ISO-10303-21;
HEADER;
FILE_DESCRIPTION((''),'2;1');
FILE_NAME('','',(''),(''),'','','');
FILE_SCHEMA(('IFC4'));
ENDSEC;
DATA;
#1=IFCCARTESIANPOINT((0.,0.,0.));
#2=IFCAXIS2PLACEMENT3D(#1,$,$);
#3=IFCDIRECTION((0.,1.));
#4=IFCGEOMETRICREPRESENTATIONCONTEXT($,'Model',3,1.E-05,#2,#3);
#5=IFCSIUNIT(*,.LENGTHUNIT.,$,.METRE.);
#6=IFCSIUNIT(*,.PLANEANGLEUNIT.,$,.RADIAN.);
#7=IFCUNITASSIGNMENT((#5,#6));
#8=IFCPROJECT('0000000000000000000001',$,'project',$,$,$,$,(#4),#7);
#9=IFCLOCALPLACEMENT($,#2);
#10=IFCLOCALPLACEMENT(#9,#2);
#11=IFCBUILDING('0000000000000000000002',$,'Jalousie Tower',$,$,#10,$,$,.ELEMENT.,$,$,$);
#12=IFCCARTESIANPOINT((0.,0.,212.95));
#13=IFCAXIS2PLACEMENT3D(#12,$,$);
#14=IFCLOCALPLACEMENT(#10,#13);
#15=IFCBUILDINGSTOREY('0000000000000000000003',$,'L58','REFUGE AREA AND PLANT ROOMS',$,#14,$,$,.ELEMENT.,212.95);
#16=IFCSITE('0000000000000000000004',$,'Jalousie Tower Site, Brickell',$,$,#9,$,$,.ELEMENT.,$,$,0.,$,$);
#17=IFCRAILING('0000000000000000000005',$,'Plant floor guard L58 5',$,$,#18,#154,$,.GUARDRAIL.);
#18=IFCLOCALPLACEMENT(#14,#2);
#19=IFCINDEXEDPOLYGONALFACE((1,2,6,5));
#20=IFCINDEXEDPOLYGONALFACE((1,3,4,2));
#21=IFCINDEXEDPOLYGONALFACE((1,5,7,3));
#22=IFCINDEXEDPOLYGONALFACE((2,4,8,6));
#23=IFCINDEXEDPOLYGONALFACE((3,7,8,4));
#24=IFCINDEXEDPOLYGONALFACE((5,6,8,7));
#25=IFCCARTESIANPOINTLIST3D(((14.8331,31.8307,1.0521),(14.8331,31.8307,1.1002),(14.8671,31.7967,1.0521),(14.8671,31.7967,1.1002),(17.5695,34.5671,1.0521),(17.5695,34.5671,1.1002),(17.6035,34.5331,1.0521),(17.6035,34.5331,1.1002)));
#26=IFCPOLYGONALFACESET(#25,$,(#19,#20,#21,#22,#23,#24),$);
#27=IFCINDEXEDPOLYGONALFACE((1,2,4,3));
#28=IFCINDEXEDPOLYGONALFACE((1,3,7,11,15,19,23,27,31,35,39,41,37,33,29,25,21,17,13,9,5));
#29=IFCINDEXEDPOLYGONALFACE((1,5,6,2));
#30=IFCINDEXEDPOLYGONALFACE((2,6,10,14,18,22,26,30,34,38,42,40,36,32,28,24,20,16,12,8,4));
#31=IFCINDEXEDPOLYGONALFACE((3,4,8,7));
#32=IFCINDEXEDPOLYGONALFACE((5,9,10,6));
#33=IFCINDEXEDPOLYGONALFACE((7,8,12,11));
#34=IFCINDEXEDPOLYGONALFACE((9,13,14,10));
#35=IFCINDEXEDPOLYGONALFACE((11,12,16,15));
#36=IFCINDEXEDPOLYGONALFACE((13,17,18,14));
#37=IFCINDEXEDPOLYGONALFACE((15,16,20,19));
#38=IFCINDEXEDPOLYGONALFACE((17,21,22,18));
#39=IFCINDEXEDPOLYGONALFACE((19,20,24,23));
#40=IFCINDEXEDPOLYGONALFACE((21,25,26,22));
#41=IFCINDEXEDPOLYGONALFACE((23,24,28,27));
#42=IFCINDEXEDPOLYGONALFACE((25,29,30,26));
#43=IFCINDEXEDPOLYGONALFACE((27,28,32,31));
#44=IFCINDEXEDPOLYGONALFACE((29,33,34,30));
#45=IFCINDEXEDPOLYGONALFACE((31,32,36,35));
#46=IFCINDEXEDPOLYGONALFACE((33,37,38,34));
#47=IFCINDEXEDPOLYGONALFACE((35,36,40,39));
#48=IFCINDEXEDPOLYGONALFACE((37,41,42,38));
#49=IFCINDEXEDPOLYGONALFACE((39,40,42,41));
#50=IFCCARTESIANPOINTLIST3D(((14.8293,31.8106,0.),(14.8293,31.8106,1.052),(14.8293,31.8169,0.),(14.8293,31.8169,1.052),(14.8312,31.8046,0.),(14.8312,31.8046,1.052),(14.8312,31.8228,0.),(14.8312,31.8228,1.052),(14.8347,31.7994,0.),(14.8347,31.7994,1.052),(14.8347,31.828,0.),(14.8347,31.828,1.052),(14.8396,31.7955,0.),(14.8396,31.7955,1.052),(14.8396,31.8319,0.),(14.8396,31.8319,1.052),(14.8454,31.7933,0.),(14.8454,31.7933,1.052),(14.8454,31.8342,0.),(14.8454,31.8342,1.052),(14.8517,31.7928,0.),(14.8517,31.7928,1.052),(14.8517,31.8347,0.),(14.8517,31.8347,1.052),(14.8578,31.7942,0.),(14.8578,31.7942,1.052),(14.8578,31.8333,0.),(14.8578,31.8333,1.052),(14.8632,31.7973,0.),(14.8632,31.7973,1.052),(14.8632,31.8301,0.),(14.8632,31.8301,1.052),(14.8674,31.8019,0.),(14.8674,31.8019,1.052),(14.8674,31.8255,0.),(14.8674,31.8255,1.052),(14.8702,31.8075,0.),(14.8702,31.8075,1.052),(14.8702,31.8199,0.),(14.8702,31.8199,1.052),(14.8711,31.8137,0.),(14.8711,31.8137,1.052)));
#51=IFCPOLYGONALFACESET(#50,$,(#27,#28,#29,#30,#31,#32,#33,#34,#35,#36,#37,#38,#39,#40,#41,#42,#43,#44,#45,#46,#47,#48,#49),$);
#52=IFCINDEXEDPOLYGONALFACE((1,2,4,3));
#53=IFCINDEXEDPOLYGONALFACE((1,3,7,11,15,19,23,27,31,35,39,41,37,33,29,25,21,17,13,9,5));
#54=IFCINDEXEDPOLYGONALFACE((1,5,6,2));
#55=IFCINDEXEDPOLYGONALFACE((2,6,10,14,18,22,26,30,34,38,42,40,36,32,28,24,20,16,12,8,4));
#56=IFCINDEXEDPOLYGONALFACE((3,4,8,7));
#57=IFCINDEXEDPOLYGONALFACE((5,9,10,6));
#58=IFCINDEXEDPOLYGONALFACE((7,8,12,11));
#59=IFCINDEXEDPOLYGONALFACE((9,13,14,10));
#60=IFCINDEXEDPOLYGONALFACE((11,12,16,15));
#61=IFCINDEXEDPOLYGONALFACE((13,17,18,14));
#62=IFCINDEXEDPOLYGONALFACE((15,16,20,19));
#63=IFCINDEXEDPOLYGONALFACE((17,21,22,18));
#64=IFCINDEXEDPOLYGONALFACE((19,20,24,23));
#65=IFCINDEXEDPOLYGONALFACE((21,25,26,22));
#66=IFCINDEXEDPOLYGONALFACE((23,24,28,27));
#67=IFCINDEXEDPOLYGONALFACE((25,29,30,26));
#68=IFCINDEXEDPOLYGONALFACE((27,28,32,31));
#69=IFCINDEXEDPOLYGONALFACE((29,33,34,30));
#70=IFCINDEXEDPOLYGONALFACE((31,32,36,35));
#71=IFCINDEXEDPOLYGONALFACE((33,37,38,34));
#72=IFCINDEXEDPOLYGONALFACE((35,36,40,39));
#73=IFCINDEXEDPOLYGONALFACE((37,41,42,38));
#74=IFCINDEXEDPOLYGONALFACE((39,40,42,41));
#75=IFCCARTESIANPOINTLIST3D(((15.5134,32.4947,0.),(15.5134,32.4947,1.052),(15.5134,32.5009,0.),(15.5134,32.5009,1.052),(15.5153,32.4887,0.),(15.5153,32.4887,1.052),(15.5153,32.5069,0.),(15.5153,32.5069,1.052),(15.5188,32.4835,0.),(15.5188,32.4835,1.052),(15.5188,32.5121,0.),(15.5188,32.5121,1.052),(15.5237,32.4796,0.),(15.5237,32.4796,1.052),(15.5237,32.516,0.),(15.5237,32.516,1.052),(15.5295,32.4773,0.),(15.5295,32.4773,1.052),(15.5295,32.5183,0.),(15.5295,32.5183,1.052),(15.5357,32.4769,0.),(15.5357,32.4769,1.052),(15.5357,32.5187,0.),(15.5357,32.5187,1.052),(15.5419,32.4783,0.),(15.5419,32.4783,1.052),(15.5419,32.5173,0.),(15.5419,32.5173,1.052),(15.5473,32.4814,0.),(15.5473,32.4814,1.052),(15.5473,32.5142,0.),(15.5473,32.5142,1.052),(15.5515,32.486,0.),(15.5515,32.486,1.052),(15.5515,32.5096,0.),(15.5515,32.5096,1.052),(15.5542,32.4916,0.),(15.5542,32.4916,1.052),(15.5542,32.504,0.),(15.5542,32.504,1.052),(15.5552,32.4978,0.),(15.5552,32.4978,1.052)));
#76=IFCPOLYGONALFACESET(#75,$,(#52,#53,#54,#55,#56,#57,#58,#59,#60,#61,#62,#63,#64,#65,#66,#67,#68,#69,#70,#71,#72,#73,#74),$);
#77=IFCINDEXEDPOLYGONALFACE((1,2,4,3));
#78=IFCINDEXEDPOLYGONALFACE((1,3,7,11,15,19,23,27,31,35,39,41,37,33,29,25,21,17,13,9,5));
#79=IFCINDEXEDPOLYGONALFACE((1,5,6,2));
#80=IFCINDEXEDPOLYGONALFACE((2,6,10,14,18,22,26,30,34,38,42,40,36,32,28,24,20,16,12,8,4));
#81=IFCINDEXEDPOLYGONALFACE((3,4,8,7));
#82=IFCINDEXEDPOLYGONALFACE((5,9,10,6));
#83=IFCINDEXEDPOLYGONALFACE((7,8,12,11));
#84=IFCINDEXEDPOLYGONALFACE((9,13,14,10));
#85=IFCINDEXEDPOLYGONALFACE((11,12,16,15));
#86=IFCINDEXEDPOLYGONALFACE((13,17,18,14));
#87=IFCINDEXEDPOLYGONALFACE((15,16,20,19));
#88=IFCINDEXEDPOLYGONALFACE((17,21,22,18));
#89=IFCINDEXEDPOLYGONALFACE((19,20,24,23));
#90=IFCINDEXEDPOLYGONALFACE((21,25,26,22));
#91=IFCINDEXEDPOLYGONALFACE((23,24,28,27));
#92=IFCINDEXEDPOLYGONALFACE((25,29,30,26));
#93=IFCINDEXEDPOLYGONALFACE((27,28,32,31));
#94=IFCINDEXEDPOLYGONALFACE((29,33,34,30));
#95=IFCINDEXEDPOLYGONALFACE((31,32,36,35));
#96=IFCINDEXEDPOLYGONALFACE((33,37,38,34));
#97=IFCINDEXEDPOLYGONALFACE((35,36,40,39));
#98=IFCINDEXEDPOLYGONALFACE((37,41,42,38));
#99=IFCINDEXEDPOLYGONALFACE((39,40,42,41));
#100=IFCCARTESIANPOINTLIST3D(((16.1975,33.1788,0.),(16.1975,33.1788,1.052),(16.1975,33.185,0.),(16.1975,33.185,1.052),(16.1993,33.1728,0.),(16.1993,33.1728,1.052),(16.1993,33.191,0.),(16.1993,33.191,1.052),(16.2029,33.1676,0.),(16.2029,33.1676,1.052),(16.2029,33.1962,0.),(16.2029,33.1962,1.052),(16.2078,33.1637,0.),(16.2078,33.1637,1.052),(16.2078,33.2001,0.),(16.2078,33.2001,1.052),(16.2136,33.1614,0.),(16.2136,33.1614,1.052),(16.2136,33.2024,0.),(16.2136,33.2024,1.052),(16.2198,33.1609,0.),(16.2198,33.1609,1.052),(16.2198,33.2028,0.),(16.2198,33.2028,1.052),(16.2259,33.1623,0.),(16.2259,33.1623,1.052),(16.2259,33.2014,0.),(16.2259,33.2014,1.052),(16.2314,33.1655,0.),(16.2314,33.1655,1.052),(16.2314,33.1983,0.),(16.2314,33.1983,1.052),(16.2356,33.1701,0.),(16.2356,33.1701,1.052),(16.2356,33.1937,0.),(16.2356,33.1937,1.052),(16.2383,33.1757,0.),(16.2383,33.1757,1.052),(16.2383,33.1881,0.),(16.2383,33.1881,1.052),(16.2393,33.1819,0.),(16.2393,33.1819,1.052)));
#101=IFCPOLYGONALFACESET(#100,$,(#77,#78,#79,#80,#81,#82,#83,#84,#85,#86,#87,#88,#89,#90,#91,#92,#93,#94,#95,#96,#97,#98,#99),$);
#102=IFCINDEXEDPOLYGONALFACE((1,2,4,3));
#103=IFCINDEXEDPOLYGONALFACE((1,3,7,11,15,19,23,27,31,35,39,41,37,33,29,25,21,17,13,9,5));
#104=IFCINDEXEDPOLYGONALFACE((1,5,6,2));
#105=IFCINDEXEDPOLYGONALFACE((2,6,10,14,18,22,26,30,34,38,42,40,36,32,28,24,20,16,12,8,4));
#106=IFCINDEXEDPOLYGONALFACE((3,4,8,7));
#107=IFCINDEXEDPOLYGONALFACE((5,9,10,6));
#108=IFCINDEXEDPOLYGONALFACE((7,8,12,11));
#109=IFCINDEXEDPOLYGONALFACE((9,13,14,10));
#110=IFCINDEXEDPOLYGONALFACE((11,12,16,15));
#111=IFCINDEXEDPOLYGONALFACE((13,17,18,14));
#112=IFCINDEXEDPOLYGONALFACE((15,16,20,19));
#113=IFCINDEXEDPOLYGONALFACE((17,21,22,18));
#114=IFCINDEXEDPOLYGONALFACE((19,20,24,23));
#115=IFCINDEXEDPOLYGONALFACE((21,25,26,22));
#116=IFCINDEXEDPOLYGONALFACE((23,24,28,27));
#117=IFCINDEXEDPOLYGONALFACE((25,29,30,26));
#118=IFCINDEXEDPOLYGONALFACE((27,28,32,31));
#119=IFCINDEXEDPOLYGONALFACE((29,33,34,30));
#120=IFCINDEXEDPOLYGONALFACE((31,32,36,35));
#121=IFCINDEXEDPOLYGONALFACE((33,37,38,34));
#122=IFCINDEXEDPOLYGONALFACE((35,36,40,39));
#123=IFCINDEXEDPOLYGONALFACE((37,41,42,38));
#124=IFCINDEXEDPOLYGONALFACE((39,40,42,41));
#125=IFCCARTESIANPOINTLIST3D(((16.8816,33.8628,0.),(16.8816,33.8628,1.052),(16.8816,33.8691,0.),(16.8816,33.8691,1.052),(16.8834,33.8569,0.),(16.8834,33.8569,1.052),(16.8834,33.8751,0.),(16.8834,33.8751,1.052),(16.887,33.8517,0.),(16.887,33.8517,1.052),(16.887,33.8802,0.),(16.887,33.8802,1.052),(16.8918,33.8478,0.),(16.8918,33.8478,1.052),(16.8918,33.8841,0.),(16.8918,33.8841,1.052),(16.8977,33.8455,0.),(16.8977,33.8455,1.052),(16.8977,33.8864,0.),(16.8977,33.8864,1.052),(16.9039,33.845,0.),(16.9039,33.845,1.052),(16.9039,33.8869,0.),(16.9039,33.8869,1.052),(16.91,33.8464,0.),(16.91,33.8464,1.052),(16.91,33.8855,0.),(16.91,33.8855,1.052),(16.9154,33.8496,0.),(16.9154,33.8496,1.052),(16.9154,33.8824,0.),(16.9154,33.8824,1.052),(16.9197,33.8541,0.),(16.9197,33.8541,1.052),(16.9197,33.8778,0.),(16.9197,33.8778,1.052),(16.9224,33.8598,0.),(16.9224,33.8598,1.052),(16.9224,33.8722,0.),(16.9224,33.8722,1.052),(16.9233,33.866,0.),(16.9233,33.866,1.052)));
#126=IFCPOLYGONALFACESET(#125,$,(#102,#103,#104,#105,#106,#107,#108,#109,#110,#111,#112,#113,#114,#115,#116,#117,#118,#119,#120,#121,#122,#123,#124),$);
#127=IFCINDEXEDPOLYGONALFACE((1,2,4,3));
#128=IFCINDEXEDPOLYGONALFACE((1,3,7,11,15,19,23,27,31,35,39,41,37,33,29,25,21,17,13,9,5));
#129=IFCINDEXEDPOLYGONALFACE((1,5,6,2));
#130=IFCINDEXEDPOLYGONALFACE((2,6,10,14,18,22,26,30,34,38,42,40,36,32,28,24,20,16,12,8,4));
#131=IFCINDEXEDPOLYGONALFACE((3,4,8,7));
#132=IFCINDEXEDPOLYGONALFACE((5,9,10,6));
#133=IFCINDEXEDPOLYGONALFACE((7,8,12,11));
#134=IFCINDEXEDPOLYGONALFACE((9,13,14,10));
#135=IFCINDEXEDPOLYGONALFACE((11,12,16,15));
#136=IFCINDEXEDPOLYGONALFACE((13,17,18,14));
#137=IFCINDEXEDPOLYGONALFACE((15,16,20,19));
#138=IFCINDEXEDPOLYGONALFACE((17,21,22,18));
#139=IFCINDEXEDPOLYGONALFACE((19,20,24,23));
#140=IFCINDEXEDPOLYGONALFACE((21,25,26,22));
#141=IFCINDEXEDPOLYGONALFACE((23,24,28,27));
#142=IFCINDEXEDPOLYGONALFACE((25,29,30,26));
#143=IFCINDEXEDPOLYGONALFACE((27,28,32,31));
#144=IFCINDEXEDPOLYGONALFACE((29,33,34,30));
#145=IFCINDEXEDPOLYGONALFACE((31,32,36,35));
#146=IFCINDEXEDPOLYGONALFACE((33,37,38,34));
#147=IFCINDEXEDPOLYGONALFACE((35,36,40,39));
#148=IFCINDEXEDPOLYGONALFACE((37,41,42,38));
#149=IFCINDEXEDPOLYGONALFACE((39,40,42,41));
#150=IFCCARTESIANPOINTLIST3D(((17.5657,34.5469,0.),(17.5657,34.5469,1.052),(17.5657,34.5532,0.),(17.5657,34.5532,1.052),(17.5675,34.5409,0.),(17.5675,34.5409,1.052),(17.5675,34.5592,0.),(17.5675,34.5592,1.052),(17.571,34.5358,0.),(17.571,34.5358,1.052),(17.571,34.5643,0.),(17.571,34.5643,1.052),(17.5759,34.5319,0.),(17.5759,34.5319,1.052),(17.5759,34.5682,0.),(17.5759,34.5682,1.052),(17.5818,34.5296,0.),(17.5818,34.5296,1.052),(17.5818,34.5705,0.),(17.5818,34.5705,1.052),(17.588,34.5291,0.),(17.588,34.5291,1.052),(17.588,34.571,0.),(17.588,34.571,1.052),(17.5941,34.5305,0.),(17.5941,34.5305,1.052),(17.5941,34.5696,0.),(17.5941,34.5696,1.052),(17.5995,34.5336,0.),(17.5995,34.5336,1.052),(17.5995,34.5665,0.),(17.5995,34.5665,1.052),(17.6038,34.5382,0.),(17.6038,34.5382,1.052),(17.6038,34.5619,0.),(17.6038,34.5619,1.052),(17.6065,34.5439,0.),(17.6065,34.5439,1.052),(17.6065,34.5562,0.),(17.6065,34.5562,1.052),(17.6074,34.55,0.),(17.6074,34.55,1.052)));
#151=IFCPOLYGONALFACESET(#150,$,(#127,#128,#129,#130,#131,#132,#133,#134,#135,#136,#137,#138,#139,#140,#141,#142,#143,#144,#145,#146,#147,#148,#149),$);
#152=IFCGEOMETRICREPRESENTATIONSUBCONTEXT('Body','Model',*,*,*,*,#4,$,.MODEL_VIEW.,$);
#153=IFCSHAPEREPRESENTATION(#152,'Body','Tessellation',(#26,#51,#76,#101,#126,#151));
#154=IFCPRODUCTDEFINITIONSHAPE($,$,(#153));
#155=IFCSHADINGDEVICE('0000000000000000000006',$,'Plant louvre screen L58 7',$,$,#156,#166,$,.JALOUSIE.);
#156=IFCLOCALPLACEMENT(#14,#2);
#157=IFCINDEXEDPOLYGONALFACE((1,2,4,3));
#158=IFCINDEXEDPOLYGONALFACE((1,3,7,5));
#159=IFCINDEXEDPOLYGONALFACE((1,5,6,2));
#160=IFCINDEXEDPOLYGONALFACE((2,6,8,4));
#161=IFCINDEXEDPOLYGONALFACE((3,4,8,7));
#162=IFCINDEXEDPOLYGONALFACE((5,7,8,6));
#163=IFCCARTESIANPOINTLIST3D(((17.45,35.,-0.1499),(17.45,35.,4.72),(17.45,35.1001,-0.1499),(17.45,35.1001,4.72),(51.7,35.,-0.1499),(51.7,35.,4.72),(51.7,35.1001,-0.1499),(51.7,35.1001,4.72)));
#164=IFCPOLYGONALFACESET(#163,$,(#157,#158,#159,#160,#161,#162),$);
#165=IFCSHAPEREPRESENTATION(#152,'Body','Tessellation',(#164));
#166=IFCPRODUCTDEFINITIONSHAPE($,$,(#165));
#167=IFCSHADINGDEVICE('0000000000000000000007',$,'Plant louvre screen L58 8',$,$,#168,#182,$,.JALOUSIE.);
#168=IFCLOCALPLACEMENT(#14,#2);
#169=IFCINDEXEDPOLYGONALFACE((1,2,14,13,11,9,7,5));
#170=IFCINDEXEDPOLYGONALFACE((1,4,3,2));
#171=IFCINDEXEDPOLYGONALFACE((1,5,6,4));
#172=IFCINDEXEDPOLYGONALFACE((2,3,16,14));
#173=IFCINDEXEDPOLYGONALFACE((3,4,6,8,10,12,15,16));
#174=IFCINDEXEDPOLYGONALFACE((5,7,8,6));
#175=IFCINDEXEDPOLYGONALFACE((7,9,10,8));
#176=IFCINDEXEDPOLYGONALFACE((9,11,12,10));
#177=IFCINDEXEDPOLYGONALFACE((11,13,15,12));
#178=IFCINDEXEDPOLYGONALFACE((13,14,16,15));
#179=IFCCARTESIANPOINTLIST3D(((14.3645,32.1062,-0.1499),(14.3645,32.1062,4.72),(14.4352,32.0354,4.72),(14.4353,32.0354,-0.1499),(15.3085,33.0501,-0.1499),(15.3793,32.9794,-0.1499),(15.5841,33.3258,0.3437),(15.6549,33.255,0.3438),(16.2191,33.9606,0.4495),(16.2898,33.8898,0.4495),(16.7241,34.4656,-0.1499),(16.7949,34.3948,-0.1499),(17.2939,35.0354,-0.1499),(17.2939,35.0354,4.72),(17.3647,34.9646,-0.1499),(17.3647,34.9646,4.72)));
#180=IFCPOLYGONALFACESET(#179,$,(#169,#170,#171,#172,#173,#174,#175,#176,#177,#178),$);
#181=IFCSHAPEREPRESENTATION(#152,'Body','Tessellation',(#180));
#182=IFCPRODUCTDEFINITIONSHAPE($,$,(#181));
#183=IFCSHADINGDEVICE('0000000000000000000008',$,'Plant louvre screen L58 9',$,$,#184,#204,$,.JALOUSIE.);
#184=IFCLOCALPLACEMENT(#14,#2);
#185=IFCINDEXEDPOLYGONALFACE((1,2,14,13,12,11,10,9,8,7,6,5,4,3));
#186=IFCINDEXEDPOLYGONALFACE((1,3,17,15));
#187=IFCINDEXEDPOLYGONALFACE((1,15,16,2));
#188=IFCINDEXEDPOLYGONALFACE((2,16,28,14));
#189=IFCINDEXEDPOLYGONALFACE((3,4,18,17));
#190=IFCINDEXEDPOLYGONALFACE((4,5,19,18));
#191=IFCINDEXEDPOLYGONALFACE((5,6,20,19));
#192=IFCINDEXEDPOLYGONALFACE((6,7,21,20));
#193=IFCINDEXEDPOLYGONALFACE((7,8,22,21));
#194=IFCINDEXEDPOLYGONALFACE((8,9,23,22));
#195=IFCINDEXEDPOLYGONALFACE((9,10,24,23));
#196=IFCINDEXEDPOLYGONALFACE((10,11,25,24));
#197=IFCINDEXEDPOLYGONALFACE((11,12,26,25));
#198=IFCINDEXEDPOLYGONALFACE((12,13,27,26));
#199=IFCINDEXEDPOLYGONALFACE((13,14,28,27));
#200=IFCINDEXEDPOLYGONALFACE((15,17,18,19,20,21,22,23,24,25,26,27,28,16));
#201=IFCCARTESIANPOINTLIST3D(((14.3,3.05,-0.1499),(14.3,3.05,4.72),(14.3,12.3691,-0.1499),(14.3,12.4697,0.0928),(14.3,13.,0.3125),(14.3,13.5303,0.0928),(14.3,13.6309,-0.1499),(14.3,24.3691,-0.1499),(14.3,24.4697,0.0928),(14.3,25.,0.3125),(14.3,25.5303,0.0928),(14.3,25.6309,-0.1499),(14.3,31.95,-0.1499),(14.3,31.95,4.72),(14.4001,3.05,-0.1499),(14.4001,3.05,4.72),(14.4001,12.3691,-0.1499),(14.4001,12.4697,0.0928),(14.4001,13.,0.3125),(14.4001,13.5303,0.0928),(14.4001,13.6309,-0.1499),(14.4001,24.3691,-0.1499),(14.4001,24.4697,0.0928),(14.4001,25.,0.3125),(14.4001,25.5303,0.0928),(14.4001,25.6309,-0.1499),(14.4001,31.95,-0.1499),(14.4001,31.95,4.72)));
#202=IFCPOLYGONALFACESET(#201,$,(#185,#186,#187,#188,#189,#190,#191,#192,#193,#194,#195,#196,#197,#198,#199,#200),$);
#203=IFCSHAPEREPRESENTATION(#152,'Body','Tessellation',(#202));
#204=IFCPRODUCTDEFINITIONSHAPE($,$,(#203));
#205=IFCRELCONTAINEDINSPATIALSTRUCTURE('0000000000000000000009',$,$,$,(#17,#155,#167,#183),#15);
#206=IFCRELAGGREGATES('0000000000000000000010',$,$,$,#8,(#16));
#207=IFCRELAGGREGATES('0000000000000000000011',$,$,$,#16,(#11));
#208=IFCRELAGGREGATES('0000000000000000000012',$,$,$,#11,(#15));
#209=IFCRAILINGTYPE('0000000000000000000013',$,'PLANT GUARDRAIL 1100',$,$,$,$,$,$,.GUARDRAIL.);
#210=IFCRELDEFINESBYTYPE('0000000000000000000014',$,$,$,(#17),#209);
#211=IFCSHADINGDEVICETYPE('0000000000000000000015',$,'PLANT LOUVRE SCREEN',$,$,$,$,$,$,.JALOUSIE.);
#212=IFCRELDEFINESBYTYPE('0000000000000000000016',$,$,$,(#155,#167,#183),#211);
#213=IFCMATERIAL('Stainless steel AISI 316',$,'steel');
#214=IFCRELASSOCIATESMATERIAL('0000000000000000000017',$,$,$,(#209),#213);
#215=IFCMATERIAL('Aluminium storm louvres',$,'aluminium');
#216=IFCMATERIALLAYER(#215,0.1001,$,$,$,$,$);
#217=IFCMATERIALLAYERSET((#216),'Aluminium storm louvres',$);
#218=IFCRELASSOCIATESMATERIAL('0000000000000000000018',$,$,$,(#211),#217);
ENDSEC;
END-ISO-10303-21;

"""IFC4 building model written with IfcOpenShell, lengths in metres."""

from ifc_helpers import new_model, si_unit, direction, frame, origin, origin_2d, place, context, subcontext, project, spatial, polyline, rectangle, circle, outline, extrude, material, layer, layer_set, type_object, element, save


model = new_model("IFC4")

# Units and contexts
model_context = context("Model", 3, precision=1e-05, world=origin(), true_north=direction((0.0, 1.0)))
body_context = subcontext(model_context, "Body", "Model", "MODEL_VIEW")
ifc_project = project(units=[si_unit("LENGTHUNIT", "METRE"), si_unit("PLANEANGLEUNIT", "RADIAN")], contexts=[model_context])

# Site, building, storey
site_placement = place(None, origin())
site = spatial("IfcSite", under=ifc_project, at=site_placement, Name="Jalousie Tower Site, Brickell", CompositionType="ELEMENT", RefElevation=0.0)
building_placement = place(site_placement, origin())
building = spatial("IfcBuilding", under=site, at=building_placement, Name="Jalousie Tower", CompositionType="ELEMENT")
storey_placement = place(building_placement, frame((0.0, 0.0, 212.95)))
storey = spatial("IfcBuildingStorey", under=building, at=storey_placement, Name="L58", Description="REFUGE AREA AND PLANT ROOMS", CompositionType="ELEMENT", Elevation=212.95)

# Railing
ifc_material_1 = material(Name="Stainless steel AISI 316", Category="steel")
railing_type = type_object("IfcRailingType", Name="PLANT GUARDRAIL 1100", PredefinedType="GUARDRAIL", material=ifc_material_1)
railing_1_placement = place(storey_placement, frame((14.8501, 31.8137, 0.0)))
element("IfcRailing", 1, at=railing_1_placement, inside=storey, type_object=railing_type, Name="Plant floor guard L58 5", PredefinedType="GUARDRAIL", context=body_context, shape_type="SweptSolid", body=[
    extrude(rectangle(XDim=0.0481, YDim=0.0481, at=origin_2d()), frame((0.0, 0.0, 1.0762), z_axis=(0.707107, 0.707107, 0.0), x_axis=(-0.707107, 0.707107, 0.0)), (0.0, 0.0, 1.0), 3.8699),
    extrude(circle(Radius=0.021, at=origin_2d()), origin(), (0.0, 0.0, 1.0), 1.052),
    extrude(circle(Radius=0.021, at=origin_2d()), frame((0.6841, 0.6841, 0.0)), (0.0, 0.0, 1.0), 1.052),
    extrude(circle(Radius=0.021, at=origin_2d()), frame((1.3682, 1.3682, 0.0)), (0.0, 0.0, 1.0), 1.052),
    extrude(circle(Radius=0.021, at=origin_2d()), frame((2.0522, 2.0522, 0.0)), (0.0, 0.0, 1.0), 1.052),
    extrude(circle(Radius=0.021, at=origin_2d()), frame((2.7363, 2.7363, 0.0)), (0.0, 0.0, 1.0), 1.052),
])

# Shading devices
ifc_material_2 = material(Name="Aluminium storm louvres", Category="aluminium")
ifc_layer = layer(ifc_material_2, 0.1001)
ifc_layer_set = layer_set([ifc_layer], Name="Aluminium storm louvres")
shading_device_type = type_object("IfcShadingDeviceType", Name="PLANT LOUVRE SCREEN", PredefinedType="JALOUSIE", material=ifc_layer_set)
shading_device_1_placement = place(storey_placement, frame((17.45, 35.1001, -0.1499), z_axis=(0.0, 1.0, 0.0), x_axis=(0.0, 0.0, 1.0)))
element("IfcShadingDevice", 2, at=shading_device_1_placement, inside=storey, type_object=shading_device_type, Name="Plant louvre screen L58 7", PredefinedType="JALOUSIE", context=body_context, shape_type="SweptSolid", body=[
    extrude(outline(polyline([(0.0, 0.0), (4.8699, 0.0), (4.8699, 34.25), (0.0, 34.25), (0.0, 0.0)])), origin(), (0.0, 0.0, -1.0), 0.1001),
])
shading_device_2_placement = place(storey_placement, frame((17.2939, 35.0354, -0.1499), z_axis=(-0.707075, 0.707139, -0.000005), x_axis=(-0.707139, -0.707075, 0.0)))
element("IfcShadingDevice", 3, at=shading_device_2_placement, inside=storey, type_object=shading_device_type, Name="Plant louvre screen L58 8", PredefinedType="JALOUSIE", context=body_context, shape_type="SweptSolid", body=[
    extrude(outline(polyline([(0.0, 0.0), (0.8059, 0.0), (1.52, 0.5994), (2.4179, 0.4937), (2.8077, 0.0), (4.1427, 0.0), (4.1427, 4.8699), (0.0, 4.8699), (0.0, 0.0)])), origin(), (0.0, 0.0, -1.0), 0.1001),
])
shading_device_3_placement = place(storey_placement, frame((14.3, 31.95, -0.1499), z_axis=(-1.0, 0.0, 0.0), x_axis=(0.0, -1.0, 0.0)))
element("IfcShadingDevice", 4, at=shading_device_3_placement, inside=storey, type_object=shading_device_type, Name="Plant louvre screen L58 9", PredefinedType="JALOUSIE", context=body_context, shape_type="SweptSolid", body=[
    extrude(outline(polyline([(0.0, 0.0), (6.3191, 0.0), (6.4197, 0.2427), (6.95, 0.4624), (7.4802, 0.2427), (7.5808, 0.0), (18.3191, 0.0), (18.4197, 0.2427), (18.95, 0.4624), (19.4802, 0.2427), (19.5808, 0.0), (28.8999, 0.0), (28.8999, 4.8699), (0.0, 4.8699), (0.0, 0.0)])), origin(), (0.0, 0.0, -1.0), 0.1001),
])

save(model, "model.ifc")
